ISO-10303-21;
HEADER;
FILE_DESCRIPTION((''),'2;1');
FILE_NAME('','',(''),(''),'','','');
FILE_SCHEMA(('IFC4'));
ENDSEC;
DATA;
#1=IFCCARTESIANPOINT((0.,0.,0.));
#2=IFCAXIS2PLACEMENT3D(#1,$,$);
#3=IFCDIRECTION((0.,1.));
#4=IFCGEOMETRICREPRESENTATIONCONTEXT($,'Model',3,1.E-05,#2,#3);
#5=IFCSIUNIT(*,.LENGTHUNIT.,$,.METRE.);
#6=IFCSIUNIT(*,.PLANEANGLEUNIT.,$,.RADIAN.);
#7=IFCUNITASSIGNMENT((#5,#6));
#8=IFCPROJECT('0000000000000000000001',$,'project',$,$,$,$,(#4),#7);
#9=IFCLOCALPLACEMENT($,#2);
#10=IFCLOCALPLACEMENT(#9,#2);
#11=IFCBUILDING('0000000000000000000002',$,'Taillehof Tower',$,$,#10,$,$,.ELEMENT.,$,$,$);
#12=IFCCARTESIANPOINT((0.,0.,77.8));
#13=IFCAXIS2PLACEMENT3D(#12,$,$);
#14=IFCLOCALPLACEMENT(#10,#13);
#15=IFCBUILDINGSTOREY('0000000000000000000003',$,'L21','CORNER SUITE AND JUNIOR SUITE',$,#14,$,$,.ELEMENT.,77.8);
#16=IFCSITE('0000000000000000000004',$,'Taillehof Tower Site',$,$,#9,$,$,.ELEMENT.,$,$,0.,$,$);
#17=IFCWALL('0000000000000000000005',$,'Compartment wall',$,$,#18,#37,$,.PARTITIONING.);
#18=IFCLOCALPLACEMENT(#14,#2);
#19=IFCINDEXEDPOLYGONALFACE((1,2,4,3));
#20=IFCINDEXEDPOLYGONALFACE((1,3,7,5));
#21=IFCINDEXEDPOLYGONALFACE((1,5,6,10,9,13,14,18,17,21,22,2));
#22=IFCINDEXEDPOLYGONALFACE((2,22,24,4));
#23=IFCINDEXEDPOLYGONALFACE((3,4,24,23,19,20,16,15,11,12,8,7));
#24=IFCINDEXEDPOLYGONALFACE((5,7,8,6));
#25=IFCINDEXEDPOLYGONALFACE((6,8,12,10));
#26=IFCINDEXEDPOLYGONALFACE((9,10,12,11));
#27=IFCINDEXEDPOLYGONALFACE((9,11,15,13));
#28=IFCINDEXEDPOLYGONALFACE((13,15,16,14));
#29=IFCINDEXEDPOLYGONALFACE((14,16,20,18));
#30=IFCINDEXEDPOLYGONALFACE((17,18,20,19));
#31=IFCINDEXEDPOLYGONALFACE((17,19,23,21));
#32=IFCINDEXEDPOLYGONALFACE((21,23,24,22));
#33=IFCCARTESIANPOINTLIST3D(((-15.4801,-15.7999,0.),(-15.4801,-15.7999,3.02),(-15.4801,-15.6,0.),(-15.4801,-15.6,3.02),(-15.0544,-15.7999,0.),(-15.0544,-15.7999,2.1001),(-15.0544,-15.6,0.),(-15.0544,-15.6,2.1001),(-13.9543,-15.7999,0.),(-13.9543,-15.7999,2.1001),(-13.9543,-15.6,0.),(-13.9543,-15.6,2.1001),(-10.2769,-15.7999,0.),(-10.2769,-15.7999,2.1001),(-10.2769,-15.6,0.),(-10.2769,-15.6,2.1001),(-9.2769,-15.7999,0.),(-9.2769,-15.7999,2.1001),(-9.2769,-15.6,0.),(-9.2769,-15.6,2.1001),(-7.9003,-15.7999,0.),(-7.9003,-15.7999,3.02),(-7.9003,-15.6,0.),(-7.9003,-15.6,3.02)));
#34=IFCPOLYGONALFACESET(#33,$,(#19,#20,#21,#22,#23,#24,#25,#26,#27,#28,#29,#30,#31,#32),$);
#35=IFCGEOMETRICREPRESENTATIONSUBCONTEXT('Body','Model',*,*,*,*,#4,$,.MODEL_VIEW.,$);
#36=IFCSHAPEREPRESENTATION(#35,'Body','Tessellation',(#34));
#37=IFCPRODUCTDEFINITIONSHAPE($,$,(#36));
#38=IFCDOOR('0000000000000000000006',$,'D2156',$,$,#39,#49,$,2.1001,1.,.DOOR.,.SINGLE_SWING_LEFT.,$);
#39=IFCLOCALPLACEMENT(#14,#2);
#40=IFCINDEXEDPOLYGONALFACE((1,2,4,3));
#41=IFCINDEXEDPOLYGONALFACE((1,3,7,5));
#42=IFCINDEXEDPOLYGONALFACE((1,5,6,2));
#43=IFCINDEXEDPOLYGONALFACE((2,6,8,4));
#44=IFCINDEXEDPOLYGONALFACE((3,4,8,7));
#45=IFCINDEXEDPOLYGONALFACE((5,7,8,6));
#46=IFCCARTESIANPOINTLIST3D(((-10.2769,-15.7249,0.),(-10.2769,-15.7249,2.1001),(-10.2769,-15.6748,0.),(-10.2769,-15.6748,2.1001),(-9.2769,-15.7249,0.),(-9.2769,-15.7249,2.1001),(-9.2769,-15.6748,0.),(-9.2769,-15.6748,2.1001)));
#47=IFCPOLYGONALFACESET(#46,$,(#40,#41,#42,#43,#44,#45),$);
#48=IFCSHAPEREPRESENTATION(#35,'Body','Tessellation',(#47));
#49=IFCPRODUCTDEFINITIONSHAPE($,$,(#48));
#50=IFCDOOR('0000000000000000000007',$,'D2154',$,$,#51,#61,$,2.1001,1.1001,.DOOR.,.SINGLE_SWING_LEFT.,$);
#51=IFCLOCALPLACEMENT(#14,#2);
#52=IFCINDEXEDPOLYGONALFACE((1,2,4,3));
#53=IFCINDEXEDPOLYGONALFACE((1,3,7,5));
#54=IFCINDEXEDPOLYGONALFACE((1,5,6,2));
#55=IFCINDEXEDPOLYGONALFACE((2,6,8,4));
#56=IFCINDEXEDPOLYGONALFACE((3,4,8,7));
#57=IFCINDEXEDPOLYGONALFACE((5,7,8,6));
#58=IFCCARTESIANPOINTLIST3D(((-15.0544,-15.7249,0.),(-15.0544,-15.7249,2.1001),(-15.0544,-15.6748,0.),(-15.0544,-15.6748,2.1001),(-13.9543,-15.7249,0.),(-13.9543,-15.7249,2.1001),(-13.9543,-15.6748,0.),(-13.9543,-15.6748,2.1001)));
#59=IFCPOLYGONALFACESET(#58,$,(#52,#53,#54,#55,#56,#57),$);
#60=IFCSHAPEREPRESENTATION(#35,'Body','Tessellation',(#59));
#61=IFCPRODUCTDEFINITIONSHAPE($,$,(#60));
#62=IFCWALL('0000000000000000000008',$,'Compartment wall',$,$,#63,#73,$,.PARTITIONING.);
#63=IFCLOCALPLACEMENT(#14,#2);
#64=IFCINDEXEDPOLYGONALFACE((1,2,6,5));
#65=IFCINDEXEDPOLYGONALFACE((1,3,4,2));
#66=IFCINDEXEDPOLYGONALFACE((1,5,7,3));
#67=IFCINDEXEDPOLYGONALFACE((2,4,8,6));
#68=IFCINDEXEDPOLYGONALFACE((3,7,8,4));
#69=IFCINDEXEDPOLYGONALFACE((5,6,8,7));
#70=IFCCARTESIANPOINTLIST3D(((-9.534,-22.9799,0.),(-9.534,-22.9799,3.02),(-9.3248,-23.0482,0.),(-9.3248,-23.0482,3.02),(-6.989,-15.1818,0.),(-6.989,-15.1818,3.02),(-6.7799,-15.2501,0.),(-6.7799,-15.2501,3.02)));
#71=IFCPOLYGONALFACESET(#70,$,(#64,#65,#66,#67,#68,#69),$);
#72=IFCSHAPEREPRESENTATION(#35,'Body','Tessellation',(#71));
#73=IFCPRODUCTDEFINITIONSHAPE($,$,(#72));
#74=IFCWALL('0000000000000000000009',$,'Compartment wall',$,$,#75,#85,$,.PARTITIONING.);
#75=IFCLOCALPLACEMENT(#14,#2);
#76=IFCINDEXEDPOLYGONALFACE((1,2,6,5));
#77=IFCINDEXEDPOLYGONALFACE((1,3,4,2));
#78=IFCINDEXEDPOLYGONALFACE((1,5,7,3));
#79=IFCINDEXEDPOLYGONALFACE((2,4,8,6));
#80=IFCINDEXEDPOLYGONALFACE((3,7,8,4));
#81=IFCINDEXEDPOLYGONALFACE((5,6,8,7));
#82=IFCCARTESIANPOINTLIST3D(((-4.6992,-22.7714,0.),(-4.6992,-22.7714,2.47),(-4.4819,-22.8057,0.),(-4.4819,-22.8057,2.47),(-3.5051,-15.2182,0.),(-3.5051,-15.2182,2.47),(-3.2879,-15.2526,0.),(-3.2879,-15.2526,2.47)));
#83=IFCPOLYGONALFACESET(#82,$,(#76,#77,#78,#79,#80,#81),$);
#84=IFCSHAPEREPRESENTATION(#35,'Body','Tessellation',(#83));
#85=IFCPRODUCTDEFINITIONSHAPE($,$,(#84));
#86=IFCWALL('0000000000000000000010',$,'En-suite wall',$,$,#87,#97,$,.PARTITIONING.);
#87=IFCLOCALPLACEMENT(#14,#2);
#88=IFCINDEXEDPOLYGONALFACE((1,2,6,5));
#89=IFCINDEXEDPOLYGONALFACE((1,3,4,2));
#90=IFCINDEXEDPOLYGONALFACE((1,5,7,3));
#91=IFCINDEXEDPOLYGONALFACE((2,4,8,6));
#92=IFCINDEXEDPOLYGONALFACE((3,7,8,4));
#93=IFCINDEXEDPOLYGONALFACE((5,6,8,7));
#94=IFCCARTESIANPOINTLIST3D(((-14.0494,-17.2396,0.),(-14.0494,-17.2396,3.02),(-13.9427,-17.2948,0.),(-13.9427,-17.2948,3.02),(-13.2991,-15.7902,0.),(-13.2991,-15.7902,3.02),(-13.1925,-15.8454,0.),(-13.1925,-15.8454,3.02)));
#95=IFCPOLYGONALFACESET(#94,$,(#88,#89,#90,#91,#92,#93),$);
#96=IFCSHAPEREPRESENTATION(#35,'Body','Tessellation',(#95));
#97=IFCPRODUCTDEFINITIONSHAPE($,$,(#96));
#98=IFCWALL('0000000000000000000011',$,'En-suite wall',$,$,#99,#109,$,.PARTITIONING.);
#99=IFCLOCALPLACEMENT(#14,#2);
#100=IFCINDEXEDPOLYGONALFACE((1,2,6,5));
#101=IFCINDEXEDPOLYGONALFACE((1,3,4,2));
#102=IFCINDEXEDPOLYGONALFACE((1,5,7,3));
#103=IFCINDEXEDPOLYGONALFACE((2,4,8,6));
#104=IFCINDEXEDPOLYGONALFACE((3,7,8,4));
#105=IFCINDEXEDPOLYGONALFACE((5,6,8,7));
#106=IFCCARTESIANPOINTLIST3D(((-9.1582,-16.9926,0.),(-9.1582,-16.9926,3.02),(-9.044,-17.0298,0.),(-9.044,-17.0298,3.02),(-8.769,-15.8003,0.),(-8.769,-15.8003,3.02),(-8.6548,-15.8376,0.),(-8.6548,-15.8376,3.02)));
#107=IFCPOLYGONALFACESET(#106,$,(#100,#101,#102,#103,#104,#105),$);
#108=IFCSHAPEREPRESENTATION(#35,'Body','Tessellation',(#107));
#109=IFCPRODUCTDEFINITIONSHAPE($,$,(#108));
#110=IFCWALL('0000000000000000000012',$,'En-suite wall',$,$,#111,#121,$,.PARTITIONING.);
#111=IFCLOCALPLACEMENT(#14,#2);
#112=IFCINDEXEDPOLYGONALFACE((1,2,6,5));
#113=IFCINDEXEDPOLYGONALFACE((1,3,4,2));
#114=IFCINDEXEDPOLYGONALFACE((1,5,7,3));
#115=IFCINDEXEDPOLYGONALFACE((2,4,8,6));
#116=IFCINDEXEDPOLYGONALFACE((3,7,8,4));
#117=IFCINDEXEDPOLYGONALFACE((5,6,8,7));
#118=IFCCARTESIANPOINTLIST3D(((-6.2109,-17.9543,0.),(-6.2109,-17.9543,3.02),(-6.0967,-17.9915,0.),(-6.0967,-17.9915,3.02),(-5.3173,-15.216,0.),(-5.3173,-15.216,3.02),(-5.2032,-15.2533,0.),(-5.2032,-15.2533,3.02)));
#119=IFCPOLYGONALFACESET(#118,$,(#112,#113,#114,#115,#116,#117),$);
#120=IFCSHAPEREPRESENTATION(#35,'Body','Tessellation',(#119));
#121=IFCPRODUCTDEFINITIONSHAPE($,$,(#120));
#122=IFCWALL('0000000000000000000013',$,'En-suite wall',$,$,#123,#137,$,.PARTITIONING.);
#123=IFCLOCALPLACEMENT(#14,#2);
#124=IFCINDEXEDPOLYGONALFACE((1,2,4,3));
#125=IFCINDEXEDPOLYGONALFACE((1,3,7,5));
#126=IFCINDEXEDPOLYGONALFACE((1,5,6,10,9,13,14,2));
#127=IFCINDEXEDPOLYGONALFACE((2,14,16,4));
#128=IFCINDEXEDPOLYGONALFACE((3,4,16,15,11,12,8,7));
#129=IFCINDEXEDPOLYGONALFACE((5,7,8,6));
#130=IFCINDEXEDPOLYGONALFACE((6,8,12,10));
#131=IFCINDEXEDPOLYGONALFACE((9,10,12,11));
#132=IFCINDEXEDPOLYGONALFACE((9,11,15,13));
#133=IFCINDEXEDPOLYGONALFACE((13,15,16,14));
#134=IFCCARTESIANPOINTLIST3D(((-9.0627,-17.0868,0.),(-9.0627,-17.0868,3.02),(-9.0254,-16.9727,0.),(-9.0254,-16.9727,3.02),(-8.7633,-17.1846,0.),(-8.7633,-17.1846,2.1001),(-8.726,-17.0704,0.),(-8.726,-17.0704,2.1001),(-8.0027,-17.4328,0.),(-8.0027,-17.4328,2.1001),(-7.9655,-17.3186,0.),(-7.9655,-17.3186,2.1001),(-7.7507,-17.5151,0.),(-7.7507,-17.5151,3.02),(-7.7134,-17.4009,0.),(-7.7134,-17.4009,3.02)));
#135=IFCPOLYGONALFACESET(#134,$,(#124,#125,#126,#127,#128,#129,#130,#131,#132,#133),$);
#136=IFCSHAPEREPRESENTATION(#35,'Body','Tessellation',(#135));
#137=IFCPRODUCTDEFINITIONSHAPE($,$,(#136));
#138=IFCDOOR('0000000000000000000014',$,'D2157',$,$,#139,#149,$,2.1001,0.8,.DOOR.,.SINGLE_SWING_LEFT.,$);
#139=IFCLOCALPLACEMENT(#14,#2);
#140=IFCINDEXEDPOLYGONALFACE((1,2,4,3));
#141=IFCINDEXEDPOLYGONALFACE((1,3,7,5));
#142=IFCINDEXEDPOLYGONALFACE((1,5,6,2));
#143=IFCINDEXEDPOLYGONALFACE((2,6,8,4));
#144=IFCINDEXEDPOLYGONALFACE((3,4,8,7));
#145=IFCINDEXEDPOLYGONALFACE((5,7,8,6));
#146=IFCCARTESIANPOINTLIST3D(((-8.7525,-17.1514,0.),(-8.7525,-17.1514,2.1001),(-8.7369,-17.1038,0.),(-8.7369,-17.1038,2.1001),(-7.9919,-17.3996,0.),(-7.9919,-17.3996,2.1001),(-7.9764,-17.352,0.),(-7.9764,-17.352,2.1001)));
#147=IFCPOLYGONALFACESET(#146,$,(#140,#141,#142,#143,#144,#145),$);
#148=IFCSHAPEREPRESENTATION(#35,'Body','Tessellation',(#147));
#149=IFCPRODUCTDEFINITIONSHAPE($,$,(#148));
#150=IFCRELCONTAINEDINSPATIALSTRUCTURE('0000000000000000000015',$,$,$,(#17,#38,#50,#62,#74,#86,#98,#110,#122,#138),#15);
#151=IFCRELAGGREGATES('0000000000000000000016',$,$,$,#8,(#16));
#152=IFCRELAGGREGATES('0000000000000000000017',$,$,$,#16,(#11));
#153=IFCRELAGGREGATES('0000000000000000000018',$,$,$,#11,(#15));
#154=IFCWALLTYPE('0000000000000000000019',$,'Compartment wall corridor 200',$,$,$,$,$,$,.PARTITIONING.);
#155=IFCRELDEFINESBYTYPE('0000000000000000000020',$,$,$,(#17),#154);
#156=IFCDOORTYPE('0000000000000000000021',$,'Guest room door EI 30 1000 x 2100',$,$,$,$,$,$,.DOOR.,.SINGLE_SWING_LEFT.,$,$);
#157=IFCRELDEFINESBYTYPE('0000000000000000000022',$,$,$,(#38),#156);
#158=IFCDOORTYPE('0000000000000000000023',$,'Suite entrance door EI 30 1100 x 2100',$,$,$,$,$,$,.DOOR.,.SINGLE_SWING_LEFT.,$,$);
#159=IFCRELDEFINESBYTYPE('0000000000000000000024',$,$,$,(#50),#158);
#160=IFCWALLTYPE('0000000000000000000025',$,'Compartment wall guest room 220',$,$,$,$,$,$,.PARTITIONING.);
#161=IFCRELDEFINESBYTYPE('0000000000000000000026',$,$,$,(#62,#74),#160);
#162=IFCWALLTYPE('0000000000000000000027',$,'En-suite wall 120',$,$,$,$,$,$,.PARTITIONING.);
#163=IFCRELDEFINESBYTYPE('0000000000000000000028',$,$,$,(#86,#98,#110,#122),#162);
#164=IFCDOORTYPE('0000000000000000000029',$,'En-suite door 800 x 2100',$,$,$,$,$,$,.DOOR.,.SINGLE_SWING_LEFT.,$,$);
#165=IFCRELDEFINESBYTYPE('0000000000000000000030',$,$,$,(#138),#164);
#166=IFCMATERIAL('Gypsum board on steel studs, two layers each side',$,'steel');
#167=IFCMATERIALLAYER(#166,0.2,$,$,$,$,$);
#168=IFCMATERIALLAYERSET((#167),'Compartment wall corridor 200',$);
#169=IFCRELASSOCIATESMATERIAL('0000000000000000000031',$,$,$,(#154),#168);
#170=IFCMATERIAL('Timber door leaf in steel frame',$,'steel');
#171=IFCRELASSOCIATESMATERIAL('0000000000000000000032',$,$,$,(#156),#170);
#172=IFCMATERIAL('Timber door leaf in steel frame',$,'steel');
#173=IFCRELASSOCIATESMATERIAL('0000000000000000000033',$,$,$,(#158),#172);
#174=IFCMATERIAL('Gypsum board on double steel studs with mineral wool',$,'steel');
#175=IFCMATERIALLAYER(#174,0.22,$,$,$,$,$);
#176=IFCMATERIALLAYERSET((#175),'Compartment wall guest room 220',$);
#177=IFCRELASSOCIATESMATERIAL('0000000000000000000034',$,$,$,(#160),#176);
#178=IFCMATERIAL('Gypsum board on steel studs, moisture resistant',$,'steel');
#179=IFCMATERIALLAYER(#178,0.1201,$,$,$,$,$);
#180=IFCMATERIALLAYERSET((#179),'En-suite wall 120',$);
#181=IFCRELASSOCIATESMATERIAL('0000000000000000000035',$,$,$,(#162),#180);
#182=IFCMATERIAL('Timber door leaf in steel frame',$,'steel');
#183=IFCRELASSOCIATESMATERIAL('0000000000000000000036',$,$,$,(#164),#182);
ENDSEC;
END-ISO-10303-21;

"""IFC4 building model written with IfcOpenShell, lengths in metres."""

from ifc_helpers import new_model, si_unit, direction, frame, frame_2d, origin, place, context, subcontext, project, spatial, rectangle, extrude, material, layer, layer_set, type_object, element, fill, save


model = new_model("IFC4")

# Units and contexts
model_context = context("Model", 3, precision=1e-05, world=origin(), true_north=direction((0.0, 1.0)))
body_context = subcontext(model_context, "Body", "Model", "MODEL_VIEW")
ifc_project = project(units=[si_unit("LENGTHUNIT", "METRE"), si_unit("PLANEANGLEUNIT", "RADIAN")], contexts=[model_context])

# Site, building, storey
site_placement = place(None, origin())
site = spatial("IfcSite", under=ifc_project, at=site_placement, Name="Taillehof Tower Site", CompositionType="ELEMENT", RefElevation=0.0)
building_placement = place(site_placement, origin())
building = spatial("IfcBuilding", under=site, at=building_placement, Name="Taillehof Tower", CompositionType="ELEMENT")
storey_placement = place(building_placement, frame((0.0, 0.0, 77.8)))
storey = spatial("IfcBuildingStorey", under=building, at=storey_placement, Name="L21", Description="CORNER SUITE AND JUNIOR SUITE", CompositionType="ELEMENT", Elevation=77.8)

# Shared definitions
ifc_material_1 = material(Name="Gypsum board on steel studs, two layers each side", Category="steel")
ifc_layer_1 = layer(ifc_material_1, 0.2)
ifc_layer_set_1 = layer_set([ifc_layer_1], Name="Compartment wall corridor 200")
wall_type_1 = type_object("IfcWallType", Name="Compartment wall corridor 200", PredefinedType="PARTITIONING", material=ifc_layer_set_1)

# Wall, openings, doors
wall_1_placement = place(storey_placement, frame((-7.9001, -15.7, 0.0), z_axis=(0.0, 0.0, 1.0), x_axis=(-1.0, 0.0, 0.0)))
wall_1 = element("IfcWall", 1, at=wall_1_placement, inside=storey, type_object=wall_type_1, Name="Compartment wall", PredefinedType="PARTITIONING", context=body_context, shape_type="SweptSolid", body=[
    extrude(rectangle(XDim=7.5798, YDim=0.2, at=frame_2d((3.79, 0.0))), origin(), (0.0, 0.0, 1.0), 3.02),
])
opening_1_placement = place(wall_1_placement, frame((6.0542, 0.0, 0.0)))
opening_1 = element("IfcOpeningElement", 2, at=opening_1_placement, cuts=wall_1, PredefinedType="OPENING", context=body_context, shape_type="SweptSolid", body=[
    extrude(rectangle(XDim=1.1001, YDim=2.1001, at=frame_2d((0.55, 1.05))), frame((0.0, 0.1099, 0.0), z_axis=(0.0, -1.0, 0.0), x_axis=(1.0, 0.0, 0.0)), (0.0, 0.0, 1.0), 0.22),
])
opening_2_placement = place(wall_1_placement, frame((1.3767, 0.0, 0.0)))
opening_2 = element("IfcOpeningElement", 3, at=opening_2_placement, cuts=wall_1, PredefinedType="OPENING", context=body_context, shape_type="SweptSolid", body=[
    extrude(rectangle(XDim=1.0, YDim=2.1001, at=frame_2d((0.5, 1.05))), frame((0.0, 0.1099, 0.0), z_axis=(0.0, -1.0, 0.0), x_axis=(1.0, 0.0, 0.0)), (0.0, 0.0, 1.0), 0.22),
])
ifc_material_2 = material(Name="Timber door leaf in steel frame", Category="steel")
door_type_1 = type_object("IfcDoorType", Name="Guest room door EI 30 1000 x 2100", OperationType="SINGLE_SWING_LEFT", PredefinedType="DOOR", material=ifc_material_2)
door_1_placement = place(opening_2_placement, origin())
door_1 = element("IfcDoor", 4, at=door_1_placement, inside=storey, type_object=door_type_1, Name="D2156", OperationType="SINGLE_SWING_LEFT", OverallHeight=2.1001, OverallWidth=1.0, PredefinedType="DOOR", context=body_context, shape_type="SweptSolid", body=[
    extrude(rectangle(XDim=1.0, YDim=2.1001, at=frame_2d((0.5, 1.05))), frame((0.0, 0.0249, 0.0), z_axis=(0.0, -1.0, 0.0), x_axis=(1.0, 0.0, 0.0)), (0.0, 0.0, 1.0), 0.05),
])
fill(opening_2, door_1)
ifc_material_3 = material(Name="Timber door leaf in steel frame", Category="steel")
door_type_2 = type_object("IfcDoorType", Name="Suite entrance door EI 30 1100 x 2100", OperationType="SINGLE_SWING_LEFT", PredefinedType="DOOR", material=ifc_material_3)
door_2_placement = place(opening_1_placement, origin())
door_2 = element("IfcDoor", 5, at=door_2_placement, inside=storey, type_object=door_type_2, Name="D2154", OperationType="SINGLE_SWING_LEFT", OverallHeight=2.1001, OverallWidth=1.1001, PredefinedType="DOOR", context=body_context, shape_type="SweptSolid", body=[
    extrude(rectangle(XDim=1.1001, YDim=2.1001, at=frame_2d((0.55, 1.05))), frame((0.0, 0.0249, 0.0), z_axis=(0.0, -1.0, 0.0), x_axis=(1.0, 0.0, 0.0)), (0.0, 0.0, 1.0), 0.05),
])
fill(opening_1, door_2)

# Walls
ifc_material_4 = material(Name="Gypsum board on double steel studs with mineral wool", Category="steel")
ifc_layer_2 = layer(ifc_material_4, 0.22)
ifc_layer_set_2 = layer_set([ifc_layer_2], Name="Compartment wall guest room 220")
wall_type_2 = type_object("IfcWallType", Name="Compartment wall guest room 220", PredefinedType="PARTITIONING", material=ifc_layer_set_2)
wall_2_placement = place(storey_placement, frame((-9.4294, -23.0142, 0.0), z_axis=(0.0, 0.0, 1.0), x_axis=(0.310248, 0.950656, 0.0)))
element("IfcWall", 6, at=wall_2_placement, inside=storey, type_object=wall_type_2, Name="Compartment wall", PredefinedType="PARTITIONING", context=body_context, shape_type="SweptSolid", body=[
    extrude(rectangle(XDim=8.2029, YDim=0.22, at=frame_2d((4.1016, 0.0))), origin(), (0.0, 0.0, 1.0), 3.02),
])
wall_3_placement = place(storey_placement, frame((-4.5906, -22.7886, 0.0), z_axis=(0.0, 0.0, 1.0), x_axis=(0.156151, 0.987733, 0.0)))
element("IfcWall", 7, at=wall_3_placement, inside=storey, type_object=wall_type_2, Name="Compartment wall", PredefinedType="PARTITIONING", context=body_context, shape_type="SweptSolid", body=[
    extrude(rectangle(XDim=7.647, YDim=0.22, at=frame_2d((3.8235, 0.0))), origin(), (0.0, 0.0, 1.0), 2.47),
])
ifc_material_5 = material(Name="Gypsum board on steel studs, moisture resistant", Category="steel")
ifc_layer_3 = layer(ifc_material_5, 0.1201)
ifc_layer_set_3 = layer_set([ifc_layer_3], Name="En-suite wall 120")
wall_type_3 = type_object("IfcWallType", Name="En-suite wall 120", PredefinedType="PARTITIONING", material=ifc_layer_set_3)
wall_4_placement = place(storey_placement, frame((-13.2458, -15.8179, 0.0), z_axis=(0.0, 0.0, 1.0), x_axis=(-0.459675, -0.888087, 0.0)))
element("IfcWall", 8, at=wall_4_placement, inside=storey, type_object=wall_type_3, Name="En-suite wall", PredefinedType="PARTITIONING", context=body_context, shape_type="SweptSolid", body=[
    extrude(rectangle(XDim=1.6321, YDim=0.1201, at=frame_2d((0.8159, 0.0))), origin(), (0.0, 0.0, 1.0), 3.02),
])
wall_5_placement = place(storey_placement, frame((-8.7119, -15.8191, 0.0), z_axis=(0.0, 0.0, 1.0), x_axis=(-0.310323, -0.950631, 0.0)))
element("IfcWall", 9, at=wall_5_placement, inside=storey, type_object=wall_type_3, Name="En-suite wall", PredefinedType="PARTITIONING", context=body_context, shape_type="SweptSolid", body=[
    extrude(rectangle(XDim=1.2542, YDim=0.1201, at=frame_2d((0.627, 0.0))), origin(), (0.0, 0.0, 1.0), 3.02),
])
wall_6_placement = place(storey_placement, frame((-5.2603, -15.2346, 0.0), z_axis=(0.0, 0.0, 1.0), x_axis=(-0.31022, -0.950665, 0.0)))
element("IfcWall", 10, at=wall_6_placement, inside=storey, type_object=wall_type_3, Name="En-suite wall", PredefinedType="PARTITIONING", context=body_context, shape_type="SweptSolid", body=[
    extrude(rectangle(XDim=2.8804, YDim=0.1201, at=frame_2d((1.4402, 0.0))), origin(), (0.0, 0.0, 1.0), 3.02),
])

# Wall, opening, door
wall_7_placement = place(storey_placement, frame((-9.0439, -17.0298, 0.0), z_axis=(0.0, 0.0, 1.0), x_axis=(0.950646, -0.310278, 0.0)))
wall_7 = element("IfcWall", 11, at=wall_7_placement, inside=storey, type_object=wall_type_3, Name="En-suite wall", PredefinedType="PARTITIONING", context=body_context, shape_type="SweptSolid", body=[
    extrude(rectangle(XDim=1.3801, YDim=0.1201, at=frame_2d((0.6899, 0.0))), origin(), (0.0, 0.0, 1.0), 3.02),
])
opening_3_placement = place(wall_7_placement, frame((0.3149, 0.0, 0.0)))
opening_3 = element("IfcOpeningElement", 12, at=opening_3_placement, cuts=wall_7, PredefinedType="OPENING", context=body_context, shape_type="SweptSolid", body=[
    extrude(rectangle(XDim=0.8, YDim=2.1001, at=frame_2d((0.3999, 1.05))), frame((0.0, 0.0701, 0.0), z_axis=(0.0, -1.0, 0.0), x_axis=(1.0, 0.0, 0.0)), (0.0, 0.0, 1.0), 0.1401),
])
ifc_material_6 = material(Name="Timber door leaf in steel frame", Category="steel")
door_type_3 = type_object("IfcDoorType", Name="En-suite door 800 x 2100", OperationType="SINGLE_SWING_LEFT", PredefinedType="DOOR", material=ifc_material_6)
door_3_placement = place(opening_3_placement, origin())
door_3 = element("IfcDoor", 13, at=door_3_placement, inside=storey, type_object=door_type_3, Name="D2157", OperationType="SINGLE_SWING_LEFT", OverallHeight=2.1001, OverallWidth=0.8, PredefinedType="DOOR", context=body_context, shape_type="SweptSolid", body=[
    extrude(rectangle(XDim=0.8, YDim=2.1001, at=frame_2d((0.3999, 1.05))), frame((0.0, 0.0249, 0.0), z_axis=(0.0, -1.0, 0.0), x_axis=(1.0, 0.0, 0.0)), (0.0, 0.0, 1.0), 0.05),
])
fill(opening_3, door_3)

save(model, "model.ifc")
